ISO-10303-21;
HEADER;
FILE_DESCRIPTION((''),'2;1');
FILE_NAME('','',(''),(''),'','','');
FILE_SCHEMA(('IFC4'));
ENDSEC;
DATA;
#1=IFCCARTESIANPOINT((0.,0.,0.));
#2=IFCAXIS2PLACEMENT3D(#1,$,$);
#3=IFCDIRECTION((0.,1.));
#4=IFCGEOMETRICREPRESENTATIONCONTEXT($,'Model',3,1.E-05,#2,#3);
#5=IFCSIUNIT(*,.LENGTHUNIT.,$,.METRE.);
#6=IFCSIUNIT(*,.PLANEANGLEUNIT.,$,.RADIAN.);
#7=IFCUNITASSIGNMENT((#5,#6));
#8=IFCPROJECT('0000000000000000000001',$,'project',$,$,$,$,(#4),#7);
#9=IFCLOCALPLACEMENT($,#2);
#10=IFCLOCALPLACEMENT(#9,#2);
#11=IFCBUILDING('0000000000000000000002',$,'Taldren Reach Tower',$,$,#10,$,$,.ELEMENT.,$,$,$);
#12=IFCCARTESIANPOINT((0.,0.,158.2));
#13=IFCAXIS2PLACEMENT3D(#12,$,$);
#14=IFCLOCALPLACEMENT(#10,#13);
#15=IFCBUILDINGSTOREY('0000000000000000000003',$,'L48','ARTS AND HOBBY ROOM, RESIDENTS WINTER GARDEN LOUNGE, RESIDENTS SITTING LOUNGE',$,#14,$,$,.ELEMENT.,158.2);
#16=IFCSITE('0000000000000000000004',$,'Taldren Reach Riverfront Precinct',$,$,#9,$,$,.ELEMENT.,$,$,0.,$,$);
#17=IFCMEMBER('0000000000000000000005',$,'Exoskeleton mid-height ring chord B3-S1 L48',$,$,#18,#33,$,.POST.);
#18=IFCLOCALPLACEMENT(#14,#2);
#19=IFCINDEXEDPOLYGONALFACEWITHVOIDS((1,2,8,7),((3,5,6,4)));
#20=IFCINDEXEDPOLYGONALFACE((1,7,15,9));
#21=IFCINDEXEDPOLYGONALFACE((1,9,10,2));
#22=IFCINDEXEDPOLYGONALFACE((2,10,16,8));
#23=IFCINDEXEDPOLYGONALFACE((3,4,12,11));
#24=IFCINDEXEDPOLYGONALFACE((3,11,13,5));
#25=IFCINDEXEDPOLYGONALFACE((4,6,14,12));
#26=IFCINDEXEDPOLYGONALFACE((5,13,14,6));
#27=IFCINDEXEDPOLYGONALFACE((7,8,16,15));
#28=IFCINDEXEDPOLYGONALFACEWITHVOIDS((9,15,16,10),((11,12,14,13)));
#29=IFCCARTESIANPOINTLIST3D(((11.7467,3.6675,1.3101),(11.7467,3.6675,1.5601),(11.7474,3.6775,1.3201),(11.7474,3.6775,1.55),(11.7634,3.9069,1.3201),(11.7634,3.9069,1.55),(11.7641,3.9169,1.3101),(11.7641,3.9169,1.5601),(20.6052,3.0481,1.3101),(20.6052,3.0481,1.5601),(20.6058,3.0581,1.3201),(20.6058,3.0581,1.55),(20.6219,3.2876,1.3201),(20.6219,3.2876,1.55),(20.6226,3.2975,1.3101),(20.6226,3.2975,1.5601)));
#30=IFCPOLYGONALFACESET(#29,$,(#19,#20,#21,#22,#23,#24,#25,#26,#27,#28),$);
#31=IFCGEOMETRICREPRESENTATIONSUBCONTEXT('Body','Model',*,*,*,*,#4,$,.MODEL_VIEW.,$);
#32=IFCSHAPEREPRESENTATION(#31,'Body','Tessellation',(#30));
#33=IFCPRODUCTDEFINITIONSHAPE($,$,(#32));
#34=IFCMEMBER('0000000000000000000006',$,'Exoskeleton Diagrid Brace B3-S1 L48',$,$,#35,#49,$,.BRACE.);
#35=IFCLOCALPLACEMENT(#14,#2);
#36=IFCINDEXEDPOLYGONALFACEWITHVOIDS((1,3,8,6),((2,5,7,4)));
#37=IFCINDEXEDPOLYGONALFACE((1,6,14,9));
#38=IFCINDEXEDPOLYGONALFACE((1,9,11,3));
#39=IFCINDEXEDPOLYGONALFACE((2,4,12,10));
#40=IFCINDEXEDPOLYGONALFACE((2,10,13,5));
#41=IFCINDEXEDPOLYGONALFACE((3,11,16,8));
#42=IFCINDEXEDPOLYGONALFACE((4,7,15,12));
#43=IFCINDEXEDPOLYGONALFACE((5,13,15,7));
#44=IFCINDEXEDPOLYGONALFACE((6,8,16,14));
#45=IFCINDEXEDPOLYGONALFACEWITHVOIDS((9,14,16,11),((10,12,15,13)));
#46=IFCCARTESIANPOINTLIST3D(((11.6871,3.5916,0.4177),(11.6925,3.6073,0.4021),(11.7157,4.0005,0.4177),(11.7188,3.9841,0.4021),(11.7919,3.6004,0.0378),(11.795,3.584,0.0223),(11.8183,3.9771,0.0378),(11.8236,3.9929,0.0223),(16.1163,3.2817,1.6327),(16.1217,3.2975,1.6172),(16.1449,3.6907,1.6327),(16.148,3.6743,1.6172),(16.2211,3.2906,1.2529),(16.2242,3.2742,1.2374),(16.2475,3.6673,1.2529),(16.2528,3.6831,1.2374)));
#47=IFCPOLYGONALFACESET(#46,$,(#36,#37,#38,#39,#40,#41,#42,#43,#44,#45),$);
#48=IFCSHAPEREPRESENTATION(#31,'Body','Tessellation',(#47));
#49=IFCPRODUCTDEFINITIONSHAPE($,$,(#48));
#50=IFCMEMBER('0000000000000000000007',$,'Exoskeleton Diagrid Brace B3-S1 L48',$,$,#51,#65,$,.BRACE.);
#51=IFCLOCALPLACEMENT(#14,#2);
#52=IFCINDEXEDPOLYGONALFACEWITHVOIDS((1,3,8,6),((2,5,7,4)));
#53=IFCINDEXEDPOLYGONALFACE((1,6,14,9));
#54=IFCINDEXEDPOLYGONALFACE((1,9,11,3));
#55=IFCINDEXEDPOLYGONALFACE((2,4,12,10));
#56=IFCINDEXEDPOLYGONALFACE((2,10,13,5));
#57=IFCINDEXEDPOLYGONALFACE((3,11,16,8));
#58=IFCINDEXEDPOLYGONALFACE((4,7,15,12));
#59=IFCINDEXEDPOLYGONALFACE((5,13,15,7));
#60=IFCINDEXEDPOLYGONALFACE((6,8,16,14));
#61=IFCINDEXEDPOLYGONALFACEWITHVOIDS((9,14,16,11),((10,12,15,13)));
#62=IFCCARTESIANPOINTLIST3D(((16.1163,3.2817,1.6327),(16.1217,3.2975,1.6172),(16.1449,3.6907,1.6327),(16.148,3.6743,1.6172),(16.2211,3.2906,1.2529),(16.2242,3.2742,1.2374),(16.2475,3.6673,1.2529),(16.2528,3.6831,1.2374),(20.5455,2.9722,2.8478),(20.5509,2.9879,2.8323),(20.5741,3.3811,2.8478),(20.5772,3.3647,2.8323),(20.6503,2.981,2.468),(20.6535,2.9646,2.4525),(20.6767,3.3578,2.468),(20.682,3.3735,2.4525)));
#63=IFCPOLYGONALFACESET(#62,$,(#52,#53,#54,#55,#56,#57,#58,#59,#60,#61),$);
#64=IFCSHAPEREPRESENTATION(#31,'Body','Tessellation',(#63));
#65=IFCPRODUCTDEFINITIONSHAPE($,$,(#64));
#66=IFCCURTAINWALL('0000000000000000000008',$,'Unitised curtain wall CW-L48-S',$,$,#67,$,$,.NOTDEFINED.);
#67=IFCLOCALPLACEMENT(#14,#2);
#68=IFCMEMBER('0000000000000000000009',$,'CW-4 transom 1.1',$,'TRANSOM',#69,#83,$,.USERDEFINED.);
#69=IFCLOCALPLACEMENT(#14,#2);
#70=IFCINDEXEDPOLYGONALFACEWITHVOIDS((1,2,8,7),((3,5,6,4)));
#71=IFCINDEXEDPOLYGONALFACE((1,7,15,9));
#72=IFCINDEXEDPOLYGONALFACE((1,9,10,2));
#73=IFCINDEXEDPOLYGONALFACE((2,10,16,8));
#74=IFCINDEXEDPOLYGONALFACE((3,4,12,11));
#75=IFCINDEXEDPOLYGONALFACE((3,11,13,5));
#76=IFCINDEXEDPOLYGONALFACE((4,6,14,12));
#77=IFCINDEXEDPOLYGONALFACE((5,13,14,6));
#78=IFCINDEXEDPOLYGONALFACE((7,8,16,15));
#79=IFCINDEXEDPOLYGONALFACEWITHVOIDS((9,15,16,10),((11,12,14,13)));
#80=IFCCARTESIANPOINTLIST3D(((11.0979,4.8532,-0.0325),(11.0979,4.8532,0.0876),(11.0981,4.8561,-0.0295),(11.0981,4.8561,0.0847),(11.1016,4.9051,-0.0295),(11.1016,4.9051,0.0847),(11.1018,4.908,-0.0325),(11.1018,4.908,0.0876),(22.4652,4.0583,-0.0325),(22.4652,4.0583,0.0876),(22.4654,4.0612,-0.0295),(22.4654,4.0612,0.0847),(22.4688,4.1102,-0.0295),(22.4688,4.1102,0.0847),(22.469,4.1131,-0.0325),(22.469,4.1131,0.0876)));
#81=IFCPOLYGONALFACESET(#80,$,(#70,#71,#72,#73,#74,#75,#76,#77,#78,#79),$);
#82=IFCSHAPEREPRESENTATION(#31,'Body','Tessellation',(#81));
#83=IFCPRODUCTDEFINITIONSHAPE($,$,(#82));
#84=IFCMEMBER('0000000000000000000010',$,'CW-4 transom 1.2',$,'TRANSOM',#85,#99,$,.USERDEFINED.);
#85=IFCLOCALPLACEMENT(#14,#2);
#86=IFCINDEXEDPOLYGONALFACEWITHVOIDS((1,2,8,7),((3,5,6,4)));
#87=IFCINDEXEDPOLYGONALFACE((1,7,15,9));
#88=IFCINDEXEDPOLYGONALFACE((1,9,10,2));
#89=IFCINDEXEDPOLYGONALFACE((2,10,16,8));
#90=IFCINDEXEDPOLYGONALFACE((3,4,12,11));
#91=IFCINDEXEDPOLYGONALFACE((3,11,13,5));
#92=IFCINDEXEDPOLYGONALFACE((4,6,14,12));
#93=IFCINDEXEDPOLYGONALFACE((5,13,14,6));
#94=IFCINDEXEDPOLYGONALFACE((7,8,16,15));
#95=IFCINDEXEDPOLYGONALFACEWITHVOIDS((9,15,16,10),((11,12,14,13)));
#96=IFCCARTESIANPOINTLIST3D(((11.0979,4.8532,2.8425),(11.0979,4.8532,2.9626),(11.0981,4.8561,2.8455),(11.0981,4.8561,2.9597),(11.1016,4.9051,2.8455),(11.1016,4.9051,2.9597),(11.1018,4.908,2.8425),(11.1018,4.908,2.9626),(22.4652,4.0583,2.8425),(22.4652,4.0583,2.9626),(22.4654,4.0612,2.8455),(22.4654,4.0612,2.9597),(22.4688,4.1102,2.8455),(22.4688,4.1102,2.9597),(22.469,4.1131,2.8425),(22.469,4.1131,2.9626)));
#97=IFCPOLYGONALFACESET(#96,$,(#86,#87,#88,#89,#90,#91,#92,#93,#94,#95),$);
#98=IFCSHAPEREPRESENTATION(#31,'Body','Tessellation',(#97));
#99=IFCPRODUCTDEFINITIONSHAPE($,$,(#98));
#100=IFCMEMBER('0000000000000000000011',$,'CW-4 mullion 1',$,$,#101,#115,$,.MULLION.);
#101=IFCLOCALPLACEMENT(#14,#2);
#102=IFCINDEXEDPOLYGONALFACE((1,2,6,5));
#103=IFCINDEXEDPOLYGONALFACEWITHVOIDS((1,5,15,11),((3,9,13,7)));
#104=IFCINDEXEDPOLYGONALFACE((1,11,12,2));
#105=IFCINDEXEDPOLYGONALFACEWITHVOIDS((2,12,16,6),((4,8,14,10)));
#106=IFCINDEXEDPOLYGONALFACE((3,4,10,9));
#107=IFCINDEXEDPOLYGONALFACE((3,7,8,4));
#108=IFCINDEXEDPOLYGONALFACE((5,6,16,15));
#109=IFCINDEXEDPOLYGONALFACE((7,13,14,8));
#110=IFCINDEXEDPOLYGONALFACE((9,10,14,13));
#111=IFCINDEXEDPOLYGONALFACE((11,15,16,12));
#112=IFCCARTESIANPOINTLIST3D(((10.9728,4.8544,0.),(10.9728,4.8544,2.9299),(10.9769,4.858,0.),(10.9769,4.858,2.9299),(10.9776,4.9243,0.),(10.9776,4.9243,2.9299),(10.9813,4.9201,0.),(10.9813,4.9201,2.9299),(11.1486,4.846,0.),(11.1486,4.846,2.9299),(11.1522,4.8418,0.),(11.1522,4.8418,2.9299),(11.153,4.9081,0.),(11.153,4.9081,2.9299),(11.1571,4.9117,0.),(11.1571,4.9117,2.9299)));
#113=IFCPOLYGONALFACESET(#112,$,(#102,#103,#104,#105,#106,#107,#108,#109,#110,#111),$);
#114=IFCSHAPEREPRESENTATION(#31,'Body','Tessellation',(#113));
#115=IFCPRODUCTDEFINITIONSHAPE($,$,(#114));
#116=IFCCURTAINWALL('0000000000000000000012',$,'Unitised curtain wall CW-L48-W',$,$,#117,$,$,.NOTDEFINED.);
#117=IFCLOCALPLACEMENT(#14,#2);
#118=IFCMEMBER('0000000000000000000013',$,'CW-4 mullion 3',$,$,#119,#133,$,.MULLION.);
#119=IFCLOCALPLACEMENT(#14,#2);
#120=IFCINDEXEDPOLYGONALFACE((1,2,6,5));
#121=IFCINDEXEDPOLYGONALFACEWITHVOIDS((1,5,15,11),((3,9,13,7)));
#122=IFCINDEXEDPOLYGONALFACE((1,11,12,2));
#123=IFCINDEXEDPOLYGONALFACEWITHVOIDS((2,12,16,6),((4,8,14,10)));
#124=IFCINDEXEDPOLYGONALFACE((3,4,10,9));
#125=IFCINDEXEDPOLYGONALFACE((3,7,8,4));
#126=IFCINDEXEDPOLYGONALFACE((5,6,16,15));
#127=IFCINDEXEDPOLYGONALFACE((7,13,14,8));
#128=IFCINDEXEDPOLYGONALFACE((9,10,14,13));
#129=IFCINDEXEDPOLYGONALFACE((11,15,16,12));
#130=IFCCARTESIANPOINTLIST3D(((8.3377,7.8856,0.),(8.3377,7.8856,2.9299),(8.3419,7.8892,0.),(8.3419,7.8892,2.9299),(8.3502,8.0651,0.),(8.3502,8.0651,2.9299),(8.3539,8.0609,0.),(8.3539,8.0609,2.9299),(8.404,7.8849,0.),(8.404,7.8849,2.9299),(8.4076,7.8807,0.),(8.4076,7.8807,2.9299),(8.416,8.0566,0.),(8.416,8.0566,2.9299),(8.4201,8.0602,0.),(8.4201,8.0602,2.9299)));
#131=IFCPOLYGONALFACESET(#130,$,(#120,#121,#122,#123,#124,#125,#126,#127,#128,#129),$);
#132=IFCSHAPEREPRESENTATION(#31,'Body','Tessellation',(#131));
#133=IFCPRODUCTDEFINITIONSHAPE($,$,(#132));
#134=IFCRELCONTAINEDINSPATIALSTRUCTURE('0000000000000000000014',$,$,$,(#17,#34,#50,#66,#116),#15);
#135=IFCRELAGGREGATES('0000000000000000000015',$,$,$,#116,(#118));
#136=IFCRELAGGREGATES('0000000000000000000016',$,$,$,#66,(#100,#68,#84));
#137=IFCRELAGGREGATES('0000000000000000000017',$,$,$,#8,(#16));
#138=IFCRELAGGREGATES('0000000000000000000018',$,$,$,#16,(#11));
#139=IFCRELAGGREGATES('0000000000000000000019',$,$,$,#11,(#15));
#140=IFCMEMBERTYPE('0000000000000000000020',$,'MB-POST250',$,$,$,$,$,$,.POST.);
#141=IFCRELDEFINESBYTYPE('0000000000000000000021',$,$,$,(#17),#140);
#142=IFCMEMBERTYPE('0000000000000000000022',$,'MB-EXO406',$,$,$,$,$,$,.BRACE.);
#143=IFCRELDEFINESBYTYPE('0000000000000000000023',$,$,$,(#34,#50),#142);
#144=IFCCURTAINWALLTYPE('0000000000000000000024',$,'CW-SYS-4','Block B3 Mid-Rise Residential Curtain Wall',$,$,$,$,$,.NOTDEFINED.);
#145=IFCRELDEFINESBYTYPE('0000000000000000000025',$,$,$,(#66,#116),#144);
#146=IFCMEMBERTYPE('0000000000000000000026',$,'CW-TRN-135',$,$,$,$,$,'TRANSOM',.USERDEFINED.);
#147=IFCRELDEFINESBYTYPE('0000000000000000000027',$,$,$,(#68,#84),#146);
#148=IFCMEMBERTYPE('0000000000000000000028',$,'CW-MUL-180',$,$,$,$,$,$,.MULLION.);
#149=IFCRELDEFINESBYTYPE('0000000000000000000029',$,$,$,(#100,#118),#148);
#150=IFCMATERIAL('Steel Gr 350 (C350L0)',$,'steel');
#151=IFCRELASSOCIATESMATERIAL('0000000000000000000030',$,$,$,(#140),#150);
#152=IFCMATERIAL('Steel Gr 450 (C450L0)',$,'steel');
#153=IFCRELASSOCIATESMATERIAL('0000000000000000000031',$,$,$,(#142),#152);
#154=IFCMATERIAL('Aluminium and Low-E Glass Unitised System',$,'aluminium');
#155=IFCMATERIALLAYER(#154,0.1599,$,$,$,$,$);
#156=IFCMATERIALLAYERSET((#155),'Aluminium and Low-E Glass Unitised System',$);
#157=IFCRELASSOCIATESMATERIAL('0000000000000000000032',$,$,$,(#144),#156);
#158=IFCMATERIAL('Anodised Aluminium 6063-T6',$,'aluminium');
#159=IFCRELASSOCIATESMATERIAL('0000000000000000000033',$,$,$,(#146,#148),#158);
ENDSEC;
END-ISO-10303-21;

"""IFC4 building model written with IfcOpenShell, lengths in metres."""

from ifc_helpers import new_model, si_unit, direction, frame, origin, origin_2d, place, context, subcontext, project, spatial, hollow_rectangle, extrude, source, transform, mapped, material, layer, layer_set, material_profile, profile_set, type_object, element, aggregate, save


model = new_model("IFC4")

# Units and contexts
model_context = context("Model", 3, precision=1e-05, world=origin(), true_north=direction((0.0, 1.0)))
body_context = subcontext(model_context, "Body", "Model", "MODEL_VIEW")
ifc_project = project(units=[si_unit("LENGTHUNIT", "METRE"), si_unit("PLANEANGLEUNIT", "RADIAN")], contexts=[model_context])

# Site, building, storey
site_placement = place(None, origin())
site = spatial("IfcSite", under=ifc_project, at=site_placement, Name="Taldren Reach Riverfront Precinct", CompositionType="ELEMENT", RefElevation=0.0)
building_placement = place(site_placement, origin())
building = spatial("IfcBuilding", under=site, at=building_placement, Name="Taldren Reach Tower", CompositionType="ELEMENT")
storey_placement = place(building_placement, frame((0.0, 0.0, 158.2)))
storey = spatial("IfcBuildingStorey", under=building, at=storey_placement, Name="L48", Description="ARTS AND HOBBY ROOM, RESIDENTS WINTER GARDEN LOUNGE, RESIDENTS SITTING LOUNGE", CompositionType="ELEMENT", Elevation=158.2)

# Shared definitions
ifc_material_1 = material(Name="Steel Gr 450 (C450L0)", Category="steel")

# Shared definitions
ifc_material_2 = material(Name="Steel Gr 350 (C350L0)", Category="steel")
ifc_material_profile_1 = material_profile(ifc_material_2, hollow_rectangle(XDim=0.25, YDim=0.25, WallThickness=0.01, at=origin_2d()), Name="250x250x10.0SHS")
ifc_profile_set_1 = profile_set([ifc_material_profile_1], Name="Steel Gr 350 (C350L0)")
member_type_1 = type_object("IfcMemberType", Name="MB-POST250", PredefinedType="POST", material=ifc_profile_set_1)

# Members
shared_shape_1 = source(origin(), body_context, "Body", "SweptSolid", [
    extrude(hollow_rectangle(XDim=0.25, YDim=0.25, WallThickness=0.01, at=origin_2d()), origin(), (0.0, 0.0, 1.0), 8.8801),
])
member_1_placement = place(storey_placement, frame((11.7554, 3.7922, 1.4351), z_axis=(0.997564, -0.06975, 0.0), x_axis=(0.06975, 0.997564, 0.0)))
element("IfcMember", 1, at=member_1_placement, inside=storey, type_object=member_type_1, Name="Exoskeleton mid-height ring chord B3-S1 L48", PredefinedType="POST", context=body_context, shape_type="MappedRepresentation", body=[
    mapped(shared_shape_1, transform((0.0, 0.0, 0.0), scale=1.0)),
])
ifc_material_profile_2 = material_profile(ifc_material_1, hollow_rectangle(XDim=0.4099, YDim=0.4099, WallThickness=0.0161, at=origin_2d()), Name="410x410x16.0SHS")
ifc_profile_set_2 = profile_set([ifc_material_profile_2], Name="Steel Gr 450 (C450L0)")
member_type_2 = type_object("IfcMemberType", Name="MB-EXO406", PredefinedType="BRACE", material=ifc_profile_set_2)
shared_shape_2 = source(origin(), body_context, "Body", "SweptSolid", [
    extrude(hollow_rectangle(XDim=0.4099, YDim=0.4099, WallThickness=0.0161, at=origin_2d()), origin(), (0.0, 0.0, 1.0), 4.6033),
])
for number, where, z_axis, x_axis, name in (
    (2, (11.7554, 3.7922, 0.22), (0.962182, -0.067303, 0.263961), (0.069778, 0.997563, 0.0), "Exoskeleton Diagrid Brace B3-S1 L48"),
    (3, (16.1846, 3.4824, 1.4351), (0.962186, -0.06725, 0.263962), (0.069723, 0.997566, 0.0), "Exoskeleton Diagrid Brace B3-S1 L48"),
):
    element("IfcMember", number, at=place(storey_placement, frame(where, z_axis=z_axis, x_axis=x_axis)), inside=storey, type_object=member_type_2, Name=name, PredefinedType="BRACE", context=body_context, shape_type="MappedRepresentation", body=[
        mapped(shared_shape_2, transform((0.0, 0.0, 0.0), scale=1.0)),
    ])

# Curtain wall, members
ifc_material_3 = material(Name="Aluminium and Low-E Glass Unitised System", Category="aluminium")
ifc_layer_1 = layer(ifc_material_3, 0.1599)
ifc_layer_set_1 = layer_set([ifc_layer_1], Name="Aluminium and Low-E Glass Unitised System")
curtain_wall_type = type_object("IfcCurtainWallType", Name="CW-SYS-4", Description="Block B3 Mid-Rise Residential Curtain Wall", PredefinedType="NOTDEFINED", material=ifc_layer_set_1)
curtain_wall_1_placement = place(storey_placement, origin())
curtain_wall_1 = element("IfcCurtainWall", 4, at=curtain_wall_1_placement, inside=storey, type_object=curtain_wall_type, Name="Unitised curtain wall CW-L48-S", PredefinedType="NOTDEFINED")
ifc_material_4 = material(Name="Anodised Aluminium 6063-T6", Category="aluminium")
ifc_material_profile_3 = material_profile(ifc_material_4, hollow_rectangle(XDim=0.0549, YDim=0.1201, WallThickness=0.0029, at=origin_2d()), Name="ALU-120x55x3RHS")
ifc_profile_set_3 = profile_set([ifc_material_profile_3], Name="Anodised Aluminium 6063-T6")
member_type_3 = type_object("IfcMemberType", Name="CW-TRN-135", ElementType="TRANSOM", PredefinedType="USERDEFINED", material=ifc_profile_set_3)
shared_shape_3 = source(origin(), body_context, "Body", "SweptSolid", [
    extrude(hollow_rectangle(XDim=0.0549, YDim=0.1201, WallThickness=0.0029, at=origin_2d()), origin(), (0.0, 0.0, 1.0), 11.395),
])
member_2_placement = place(storey_placement, frame((11.0999, 4.8806, 0.0276), z_axis=(0.997564, -0.069761, 0.0), x_axis=(0.069761, 0.997564, 0.0)))
member_2 = element("IfcMember", 5, at=member_2_placement, type_object=member_type_3, Name="CW-4 transom 1.1", ObjectType="TRANSOM", PredefinedType="USERDEFINED", context=body_context, shape_type="MappedRepresentation", body=[
    mapped(shared_shape_3, transform((0.0, 0.0, 0.0), scale=1.0)),
])
member_3_placement = place(storey_placement, frame((11.0999, 4.8806, 2.9026), z_axis=(0.997564, -0.069761, 0.0), x_axis=(0.069761, 0.997564, 0.0)))
member_3 = element("IfcMember", 6, at=member_3_placement, type_object=member_type_3, Name="CW-4 transom 1.2", ObjectType="TRANSOM", PredefinedType="USERDEFINED", context=body_context, shape_type="MappedRepresentation", body=[
    mapped(shared_shape_3, transform((0.0, 0.0, 0.0), scale=1.0)),
])
ifc_material_profile_4 = material_profile(ifc_material_4, hollow_rectangle(XDim=0.0701, YDim=0.1799, WallThickness=0.0039, at=origin_2d()), Name="ALU-180x70x4RHS")
ifc_profile_set_4 = profile_set([ifc_material_profile_4], Name="Anodised Aluminium 6063-T6")
member_type_4 = type_object("IfcMemberType", Name="CW-MUL-180", PredefinedType="MULLION", material=ifc_profile_set_4)
shared_shape_4 = source(origin(), body_context, "Body", "SweptSolid", [
    extrude(hollow_rectangle(XDim=0.0701, YDim=0.1799, WallThickness=0.0039, at=origin_2d()), origin(), (0.0, 0.0, 1.0), 2.9299),
])
member_4_placement = place(storey_placement, frame((11.0649, 4.8831, 0.0), z_axis=(0.0, 0.0, 1.0), x_axis=(0.069757, 0.997564, 0.0)))
member_4 = element("IfcMember", 7, at=member_4_placement, type_object=member_type_4, Name="CW-4 mullion 1", PredefinedType="MULLION", context=body_context, shape_type="MappedRepresentation", body=[
    mapped(shared_shape_4, transform((0.0, 0.0, 0.0), scale=1.0)),
])

# Curtain wall, member
curtain_wall_2_placement = place(storey_placement, origin())
curtain_wall_2 = element("IfcCurtainWall", 8, at=curtain_wall_2_placement, inside=storey, type_object=curtain_wall_type, Name="Unitised curtain wall CW-L48-W", PredefinedType="NOTDEFINED")
member_5_placement = place(storey_placement, frame((8.3789, 7.9729, 0.0), z_axis=(0.0, 0.0, 1.0), x_axis=(0.997564, -0.069756, 0.0)))
member_5 = element("IfcMember", 9, at=member_5_placement, type_object=member_type_4, Name="CW-4 mullion 3", PredefinedType="MULLION", context=body_context, shape_type="MappedRepresentation", body=[
    mapped(shared_shape_4, transform((0.0, 0.0, 0.0), scale=1.0)),
])
aggregate(curtain_wall_2, [member_5])

aggregate(curtain_wall_1, [member_4, member_2, member_3])

save(model, "model.ifc")
